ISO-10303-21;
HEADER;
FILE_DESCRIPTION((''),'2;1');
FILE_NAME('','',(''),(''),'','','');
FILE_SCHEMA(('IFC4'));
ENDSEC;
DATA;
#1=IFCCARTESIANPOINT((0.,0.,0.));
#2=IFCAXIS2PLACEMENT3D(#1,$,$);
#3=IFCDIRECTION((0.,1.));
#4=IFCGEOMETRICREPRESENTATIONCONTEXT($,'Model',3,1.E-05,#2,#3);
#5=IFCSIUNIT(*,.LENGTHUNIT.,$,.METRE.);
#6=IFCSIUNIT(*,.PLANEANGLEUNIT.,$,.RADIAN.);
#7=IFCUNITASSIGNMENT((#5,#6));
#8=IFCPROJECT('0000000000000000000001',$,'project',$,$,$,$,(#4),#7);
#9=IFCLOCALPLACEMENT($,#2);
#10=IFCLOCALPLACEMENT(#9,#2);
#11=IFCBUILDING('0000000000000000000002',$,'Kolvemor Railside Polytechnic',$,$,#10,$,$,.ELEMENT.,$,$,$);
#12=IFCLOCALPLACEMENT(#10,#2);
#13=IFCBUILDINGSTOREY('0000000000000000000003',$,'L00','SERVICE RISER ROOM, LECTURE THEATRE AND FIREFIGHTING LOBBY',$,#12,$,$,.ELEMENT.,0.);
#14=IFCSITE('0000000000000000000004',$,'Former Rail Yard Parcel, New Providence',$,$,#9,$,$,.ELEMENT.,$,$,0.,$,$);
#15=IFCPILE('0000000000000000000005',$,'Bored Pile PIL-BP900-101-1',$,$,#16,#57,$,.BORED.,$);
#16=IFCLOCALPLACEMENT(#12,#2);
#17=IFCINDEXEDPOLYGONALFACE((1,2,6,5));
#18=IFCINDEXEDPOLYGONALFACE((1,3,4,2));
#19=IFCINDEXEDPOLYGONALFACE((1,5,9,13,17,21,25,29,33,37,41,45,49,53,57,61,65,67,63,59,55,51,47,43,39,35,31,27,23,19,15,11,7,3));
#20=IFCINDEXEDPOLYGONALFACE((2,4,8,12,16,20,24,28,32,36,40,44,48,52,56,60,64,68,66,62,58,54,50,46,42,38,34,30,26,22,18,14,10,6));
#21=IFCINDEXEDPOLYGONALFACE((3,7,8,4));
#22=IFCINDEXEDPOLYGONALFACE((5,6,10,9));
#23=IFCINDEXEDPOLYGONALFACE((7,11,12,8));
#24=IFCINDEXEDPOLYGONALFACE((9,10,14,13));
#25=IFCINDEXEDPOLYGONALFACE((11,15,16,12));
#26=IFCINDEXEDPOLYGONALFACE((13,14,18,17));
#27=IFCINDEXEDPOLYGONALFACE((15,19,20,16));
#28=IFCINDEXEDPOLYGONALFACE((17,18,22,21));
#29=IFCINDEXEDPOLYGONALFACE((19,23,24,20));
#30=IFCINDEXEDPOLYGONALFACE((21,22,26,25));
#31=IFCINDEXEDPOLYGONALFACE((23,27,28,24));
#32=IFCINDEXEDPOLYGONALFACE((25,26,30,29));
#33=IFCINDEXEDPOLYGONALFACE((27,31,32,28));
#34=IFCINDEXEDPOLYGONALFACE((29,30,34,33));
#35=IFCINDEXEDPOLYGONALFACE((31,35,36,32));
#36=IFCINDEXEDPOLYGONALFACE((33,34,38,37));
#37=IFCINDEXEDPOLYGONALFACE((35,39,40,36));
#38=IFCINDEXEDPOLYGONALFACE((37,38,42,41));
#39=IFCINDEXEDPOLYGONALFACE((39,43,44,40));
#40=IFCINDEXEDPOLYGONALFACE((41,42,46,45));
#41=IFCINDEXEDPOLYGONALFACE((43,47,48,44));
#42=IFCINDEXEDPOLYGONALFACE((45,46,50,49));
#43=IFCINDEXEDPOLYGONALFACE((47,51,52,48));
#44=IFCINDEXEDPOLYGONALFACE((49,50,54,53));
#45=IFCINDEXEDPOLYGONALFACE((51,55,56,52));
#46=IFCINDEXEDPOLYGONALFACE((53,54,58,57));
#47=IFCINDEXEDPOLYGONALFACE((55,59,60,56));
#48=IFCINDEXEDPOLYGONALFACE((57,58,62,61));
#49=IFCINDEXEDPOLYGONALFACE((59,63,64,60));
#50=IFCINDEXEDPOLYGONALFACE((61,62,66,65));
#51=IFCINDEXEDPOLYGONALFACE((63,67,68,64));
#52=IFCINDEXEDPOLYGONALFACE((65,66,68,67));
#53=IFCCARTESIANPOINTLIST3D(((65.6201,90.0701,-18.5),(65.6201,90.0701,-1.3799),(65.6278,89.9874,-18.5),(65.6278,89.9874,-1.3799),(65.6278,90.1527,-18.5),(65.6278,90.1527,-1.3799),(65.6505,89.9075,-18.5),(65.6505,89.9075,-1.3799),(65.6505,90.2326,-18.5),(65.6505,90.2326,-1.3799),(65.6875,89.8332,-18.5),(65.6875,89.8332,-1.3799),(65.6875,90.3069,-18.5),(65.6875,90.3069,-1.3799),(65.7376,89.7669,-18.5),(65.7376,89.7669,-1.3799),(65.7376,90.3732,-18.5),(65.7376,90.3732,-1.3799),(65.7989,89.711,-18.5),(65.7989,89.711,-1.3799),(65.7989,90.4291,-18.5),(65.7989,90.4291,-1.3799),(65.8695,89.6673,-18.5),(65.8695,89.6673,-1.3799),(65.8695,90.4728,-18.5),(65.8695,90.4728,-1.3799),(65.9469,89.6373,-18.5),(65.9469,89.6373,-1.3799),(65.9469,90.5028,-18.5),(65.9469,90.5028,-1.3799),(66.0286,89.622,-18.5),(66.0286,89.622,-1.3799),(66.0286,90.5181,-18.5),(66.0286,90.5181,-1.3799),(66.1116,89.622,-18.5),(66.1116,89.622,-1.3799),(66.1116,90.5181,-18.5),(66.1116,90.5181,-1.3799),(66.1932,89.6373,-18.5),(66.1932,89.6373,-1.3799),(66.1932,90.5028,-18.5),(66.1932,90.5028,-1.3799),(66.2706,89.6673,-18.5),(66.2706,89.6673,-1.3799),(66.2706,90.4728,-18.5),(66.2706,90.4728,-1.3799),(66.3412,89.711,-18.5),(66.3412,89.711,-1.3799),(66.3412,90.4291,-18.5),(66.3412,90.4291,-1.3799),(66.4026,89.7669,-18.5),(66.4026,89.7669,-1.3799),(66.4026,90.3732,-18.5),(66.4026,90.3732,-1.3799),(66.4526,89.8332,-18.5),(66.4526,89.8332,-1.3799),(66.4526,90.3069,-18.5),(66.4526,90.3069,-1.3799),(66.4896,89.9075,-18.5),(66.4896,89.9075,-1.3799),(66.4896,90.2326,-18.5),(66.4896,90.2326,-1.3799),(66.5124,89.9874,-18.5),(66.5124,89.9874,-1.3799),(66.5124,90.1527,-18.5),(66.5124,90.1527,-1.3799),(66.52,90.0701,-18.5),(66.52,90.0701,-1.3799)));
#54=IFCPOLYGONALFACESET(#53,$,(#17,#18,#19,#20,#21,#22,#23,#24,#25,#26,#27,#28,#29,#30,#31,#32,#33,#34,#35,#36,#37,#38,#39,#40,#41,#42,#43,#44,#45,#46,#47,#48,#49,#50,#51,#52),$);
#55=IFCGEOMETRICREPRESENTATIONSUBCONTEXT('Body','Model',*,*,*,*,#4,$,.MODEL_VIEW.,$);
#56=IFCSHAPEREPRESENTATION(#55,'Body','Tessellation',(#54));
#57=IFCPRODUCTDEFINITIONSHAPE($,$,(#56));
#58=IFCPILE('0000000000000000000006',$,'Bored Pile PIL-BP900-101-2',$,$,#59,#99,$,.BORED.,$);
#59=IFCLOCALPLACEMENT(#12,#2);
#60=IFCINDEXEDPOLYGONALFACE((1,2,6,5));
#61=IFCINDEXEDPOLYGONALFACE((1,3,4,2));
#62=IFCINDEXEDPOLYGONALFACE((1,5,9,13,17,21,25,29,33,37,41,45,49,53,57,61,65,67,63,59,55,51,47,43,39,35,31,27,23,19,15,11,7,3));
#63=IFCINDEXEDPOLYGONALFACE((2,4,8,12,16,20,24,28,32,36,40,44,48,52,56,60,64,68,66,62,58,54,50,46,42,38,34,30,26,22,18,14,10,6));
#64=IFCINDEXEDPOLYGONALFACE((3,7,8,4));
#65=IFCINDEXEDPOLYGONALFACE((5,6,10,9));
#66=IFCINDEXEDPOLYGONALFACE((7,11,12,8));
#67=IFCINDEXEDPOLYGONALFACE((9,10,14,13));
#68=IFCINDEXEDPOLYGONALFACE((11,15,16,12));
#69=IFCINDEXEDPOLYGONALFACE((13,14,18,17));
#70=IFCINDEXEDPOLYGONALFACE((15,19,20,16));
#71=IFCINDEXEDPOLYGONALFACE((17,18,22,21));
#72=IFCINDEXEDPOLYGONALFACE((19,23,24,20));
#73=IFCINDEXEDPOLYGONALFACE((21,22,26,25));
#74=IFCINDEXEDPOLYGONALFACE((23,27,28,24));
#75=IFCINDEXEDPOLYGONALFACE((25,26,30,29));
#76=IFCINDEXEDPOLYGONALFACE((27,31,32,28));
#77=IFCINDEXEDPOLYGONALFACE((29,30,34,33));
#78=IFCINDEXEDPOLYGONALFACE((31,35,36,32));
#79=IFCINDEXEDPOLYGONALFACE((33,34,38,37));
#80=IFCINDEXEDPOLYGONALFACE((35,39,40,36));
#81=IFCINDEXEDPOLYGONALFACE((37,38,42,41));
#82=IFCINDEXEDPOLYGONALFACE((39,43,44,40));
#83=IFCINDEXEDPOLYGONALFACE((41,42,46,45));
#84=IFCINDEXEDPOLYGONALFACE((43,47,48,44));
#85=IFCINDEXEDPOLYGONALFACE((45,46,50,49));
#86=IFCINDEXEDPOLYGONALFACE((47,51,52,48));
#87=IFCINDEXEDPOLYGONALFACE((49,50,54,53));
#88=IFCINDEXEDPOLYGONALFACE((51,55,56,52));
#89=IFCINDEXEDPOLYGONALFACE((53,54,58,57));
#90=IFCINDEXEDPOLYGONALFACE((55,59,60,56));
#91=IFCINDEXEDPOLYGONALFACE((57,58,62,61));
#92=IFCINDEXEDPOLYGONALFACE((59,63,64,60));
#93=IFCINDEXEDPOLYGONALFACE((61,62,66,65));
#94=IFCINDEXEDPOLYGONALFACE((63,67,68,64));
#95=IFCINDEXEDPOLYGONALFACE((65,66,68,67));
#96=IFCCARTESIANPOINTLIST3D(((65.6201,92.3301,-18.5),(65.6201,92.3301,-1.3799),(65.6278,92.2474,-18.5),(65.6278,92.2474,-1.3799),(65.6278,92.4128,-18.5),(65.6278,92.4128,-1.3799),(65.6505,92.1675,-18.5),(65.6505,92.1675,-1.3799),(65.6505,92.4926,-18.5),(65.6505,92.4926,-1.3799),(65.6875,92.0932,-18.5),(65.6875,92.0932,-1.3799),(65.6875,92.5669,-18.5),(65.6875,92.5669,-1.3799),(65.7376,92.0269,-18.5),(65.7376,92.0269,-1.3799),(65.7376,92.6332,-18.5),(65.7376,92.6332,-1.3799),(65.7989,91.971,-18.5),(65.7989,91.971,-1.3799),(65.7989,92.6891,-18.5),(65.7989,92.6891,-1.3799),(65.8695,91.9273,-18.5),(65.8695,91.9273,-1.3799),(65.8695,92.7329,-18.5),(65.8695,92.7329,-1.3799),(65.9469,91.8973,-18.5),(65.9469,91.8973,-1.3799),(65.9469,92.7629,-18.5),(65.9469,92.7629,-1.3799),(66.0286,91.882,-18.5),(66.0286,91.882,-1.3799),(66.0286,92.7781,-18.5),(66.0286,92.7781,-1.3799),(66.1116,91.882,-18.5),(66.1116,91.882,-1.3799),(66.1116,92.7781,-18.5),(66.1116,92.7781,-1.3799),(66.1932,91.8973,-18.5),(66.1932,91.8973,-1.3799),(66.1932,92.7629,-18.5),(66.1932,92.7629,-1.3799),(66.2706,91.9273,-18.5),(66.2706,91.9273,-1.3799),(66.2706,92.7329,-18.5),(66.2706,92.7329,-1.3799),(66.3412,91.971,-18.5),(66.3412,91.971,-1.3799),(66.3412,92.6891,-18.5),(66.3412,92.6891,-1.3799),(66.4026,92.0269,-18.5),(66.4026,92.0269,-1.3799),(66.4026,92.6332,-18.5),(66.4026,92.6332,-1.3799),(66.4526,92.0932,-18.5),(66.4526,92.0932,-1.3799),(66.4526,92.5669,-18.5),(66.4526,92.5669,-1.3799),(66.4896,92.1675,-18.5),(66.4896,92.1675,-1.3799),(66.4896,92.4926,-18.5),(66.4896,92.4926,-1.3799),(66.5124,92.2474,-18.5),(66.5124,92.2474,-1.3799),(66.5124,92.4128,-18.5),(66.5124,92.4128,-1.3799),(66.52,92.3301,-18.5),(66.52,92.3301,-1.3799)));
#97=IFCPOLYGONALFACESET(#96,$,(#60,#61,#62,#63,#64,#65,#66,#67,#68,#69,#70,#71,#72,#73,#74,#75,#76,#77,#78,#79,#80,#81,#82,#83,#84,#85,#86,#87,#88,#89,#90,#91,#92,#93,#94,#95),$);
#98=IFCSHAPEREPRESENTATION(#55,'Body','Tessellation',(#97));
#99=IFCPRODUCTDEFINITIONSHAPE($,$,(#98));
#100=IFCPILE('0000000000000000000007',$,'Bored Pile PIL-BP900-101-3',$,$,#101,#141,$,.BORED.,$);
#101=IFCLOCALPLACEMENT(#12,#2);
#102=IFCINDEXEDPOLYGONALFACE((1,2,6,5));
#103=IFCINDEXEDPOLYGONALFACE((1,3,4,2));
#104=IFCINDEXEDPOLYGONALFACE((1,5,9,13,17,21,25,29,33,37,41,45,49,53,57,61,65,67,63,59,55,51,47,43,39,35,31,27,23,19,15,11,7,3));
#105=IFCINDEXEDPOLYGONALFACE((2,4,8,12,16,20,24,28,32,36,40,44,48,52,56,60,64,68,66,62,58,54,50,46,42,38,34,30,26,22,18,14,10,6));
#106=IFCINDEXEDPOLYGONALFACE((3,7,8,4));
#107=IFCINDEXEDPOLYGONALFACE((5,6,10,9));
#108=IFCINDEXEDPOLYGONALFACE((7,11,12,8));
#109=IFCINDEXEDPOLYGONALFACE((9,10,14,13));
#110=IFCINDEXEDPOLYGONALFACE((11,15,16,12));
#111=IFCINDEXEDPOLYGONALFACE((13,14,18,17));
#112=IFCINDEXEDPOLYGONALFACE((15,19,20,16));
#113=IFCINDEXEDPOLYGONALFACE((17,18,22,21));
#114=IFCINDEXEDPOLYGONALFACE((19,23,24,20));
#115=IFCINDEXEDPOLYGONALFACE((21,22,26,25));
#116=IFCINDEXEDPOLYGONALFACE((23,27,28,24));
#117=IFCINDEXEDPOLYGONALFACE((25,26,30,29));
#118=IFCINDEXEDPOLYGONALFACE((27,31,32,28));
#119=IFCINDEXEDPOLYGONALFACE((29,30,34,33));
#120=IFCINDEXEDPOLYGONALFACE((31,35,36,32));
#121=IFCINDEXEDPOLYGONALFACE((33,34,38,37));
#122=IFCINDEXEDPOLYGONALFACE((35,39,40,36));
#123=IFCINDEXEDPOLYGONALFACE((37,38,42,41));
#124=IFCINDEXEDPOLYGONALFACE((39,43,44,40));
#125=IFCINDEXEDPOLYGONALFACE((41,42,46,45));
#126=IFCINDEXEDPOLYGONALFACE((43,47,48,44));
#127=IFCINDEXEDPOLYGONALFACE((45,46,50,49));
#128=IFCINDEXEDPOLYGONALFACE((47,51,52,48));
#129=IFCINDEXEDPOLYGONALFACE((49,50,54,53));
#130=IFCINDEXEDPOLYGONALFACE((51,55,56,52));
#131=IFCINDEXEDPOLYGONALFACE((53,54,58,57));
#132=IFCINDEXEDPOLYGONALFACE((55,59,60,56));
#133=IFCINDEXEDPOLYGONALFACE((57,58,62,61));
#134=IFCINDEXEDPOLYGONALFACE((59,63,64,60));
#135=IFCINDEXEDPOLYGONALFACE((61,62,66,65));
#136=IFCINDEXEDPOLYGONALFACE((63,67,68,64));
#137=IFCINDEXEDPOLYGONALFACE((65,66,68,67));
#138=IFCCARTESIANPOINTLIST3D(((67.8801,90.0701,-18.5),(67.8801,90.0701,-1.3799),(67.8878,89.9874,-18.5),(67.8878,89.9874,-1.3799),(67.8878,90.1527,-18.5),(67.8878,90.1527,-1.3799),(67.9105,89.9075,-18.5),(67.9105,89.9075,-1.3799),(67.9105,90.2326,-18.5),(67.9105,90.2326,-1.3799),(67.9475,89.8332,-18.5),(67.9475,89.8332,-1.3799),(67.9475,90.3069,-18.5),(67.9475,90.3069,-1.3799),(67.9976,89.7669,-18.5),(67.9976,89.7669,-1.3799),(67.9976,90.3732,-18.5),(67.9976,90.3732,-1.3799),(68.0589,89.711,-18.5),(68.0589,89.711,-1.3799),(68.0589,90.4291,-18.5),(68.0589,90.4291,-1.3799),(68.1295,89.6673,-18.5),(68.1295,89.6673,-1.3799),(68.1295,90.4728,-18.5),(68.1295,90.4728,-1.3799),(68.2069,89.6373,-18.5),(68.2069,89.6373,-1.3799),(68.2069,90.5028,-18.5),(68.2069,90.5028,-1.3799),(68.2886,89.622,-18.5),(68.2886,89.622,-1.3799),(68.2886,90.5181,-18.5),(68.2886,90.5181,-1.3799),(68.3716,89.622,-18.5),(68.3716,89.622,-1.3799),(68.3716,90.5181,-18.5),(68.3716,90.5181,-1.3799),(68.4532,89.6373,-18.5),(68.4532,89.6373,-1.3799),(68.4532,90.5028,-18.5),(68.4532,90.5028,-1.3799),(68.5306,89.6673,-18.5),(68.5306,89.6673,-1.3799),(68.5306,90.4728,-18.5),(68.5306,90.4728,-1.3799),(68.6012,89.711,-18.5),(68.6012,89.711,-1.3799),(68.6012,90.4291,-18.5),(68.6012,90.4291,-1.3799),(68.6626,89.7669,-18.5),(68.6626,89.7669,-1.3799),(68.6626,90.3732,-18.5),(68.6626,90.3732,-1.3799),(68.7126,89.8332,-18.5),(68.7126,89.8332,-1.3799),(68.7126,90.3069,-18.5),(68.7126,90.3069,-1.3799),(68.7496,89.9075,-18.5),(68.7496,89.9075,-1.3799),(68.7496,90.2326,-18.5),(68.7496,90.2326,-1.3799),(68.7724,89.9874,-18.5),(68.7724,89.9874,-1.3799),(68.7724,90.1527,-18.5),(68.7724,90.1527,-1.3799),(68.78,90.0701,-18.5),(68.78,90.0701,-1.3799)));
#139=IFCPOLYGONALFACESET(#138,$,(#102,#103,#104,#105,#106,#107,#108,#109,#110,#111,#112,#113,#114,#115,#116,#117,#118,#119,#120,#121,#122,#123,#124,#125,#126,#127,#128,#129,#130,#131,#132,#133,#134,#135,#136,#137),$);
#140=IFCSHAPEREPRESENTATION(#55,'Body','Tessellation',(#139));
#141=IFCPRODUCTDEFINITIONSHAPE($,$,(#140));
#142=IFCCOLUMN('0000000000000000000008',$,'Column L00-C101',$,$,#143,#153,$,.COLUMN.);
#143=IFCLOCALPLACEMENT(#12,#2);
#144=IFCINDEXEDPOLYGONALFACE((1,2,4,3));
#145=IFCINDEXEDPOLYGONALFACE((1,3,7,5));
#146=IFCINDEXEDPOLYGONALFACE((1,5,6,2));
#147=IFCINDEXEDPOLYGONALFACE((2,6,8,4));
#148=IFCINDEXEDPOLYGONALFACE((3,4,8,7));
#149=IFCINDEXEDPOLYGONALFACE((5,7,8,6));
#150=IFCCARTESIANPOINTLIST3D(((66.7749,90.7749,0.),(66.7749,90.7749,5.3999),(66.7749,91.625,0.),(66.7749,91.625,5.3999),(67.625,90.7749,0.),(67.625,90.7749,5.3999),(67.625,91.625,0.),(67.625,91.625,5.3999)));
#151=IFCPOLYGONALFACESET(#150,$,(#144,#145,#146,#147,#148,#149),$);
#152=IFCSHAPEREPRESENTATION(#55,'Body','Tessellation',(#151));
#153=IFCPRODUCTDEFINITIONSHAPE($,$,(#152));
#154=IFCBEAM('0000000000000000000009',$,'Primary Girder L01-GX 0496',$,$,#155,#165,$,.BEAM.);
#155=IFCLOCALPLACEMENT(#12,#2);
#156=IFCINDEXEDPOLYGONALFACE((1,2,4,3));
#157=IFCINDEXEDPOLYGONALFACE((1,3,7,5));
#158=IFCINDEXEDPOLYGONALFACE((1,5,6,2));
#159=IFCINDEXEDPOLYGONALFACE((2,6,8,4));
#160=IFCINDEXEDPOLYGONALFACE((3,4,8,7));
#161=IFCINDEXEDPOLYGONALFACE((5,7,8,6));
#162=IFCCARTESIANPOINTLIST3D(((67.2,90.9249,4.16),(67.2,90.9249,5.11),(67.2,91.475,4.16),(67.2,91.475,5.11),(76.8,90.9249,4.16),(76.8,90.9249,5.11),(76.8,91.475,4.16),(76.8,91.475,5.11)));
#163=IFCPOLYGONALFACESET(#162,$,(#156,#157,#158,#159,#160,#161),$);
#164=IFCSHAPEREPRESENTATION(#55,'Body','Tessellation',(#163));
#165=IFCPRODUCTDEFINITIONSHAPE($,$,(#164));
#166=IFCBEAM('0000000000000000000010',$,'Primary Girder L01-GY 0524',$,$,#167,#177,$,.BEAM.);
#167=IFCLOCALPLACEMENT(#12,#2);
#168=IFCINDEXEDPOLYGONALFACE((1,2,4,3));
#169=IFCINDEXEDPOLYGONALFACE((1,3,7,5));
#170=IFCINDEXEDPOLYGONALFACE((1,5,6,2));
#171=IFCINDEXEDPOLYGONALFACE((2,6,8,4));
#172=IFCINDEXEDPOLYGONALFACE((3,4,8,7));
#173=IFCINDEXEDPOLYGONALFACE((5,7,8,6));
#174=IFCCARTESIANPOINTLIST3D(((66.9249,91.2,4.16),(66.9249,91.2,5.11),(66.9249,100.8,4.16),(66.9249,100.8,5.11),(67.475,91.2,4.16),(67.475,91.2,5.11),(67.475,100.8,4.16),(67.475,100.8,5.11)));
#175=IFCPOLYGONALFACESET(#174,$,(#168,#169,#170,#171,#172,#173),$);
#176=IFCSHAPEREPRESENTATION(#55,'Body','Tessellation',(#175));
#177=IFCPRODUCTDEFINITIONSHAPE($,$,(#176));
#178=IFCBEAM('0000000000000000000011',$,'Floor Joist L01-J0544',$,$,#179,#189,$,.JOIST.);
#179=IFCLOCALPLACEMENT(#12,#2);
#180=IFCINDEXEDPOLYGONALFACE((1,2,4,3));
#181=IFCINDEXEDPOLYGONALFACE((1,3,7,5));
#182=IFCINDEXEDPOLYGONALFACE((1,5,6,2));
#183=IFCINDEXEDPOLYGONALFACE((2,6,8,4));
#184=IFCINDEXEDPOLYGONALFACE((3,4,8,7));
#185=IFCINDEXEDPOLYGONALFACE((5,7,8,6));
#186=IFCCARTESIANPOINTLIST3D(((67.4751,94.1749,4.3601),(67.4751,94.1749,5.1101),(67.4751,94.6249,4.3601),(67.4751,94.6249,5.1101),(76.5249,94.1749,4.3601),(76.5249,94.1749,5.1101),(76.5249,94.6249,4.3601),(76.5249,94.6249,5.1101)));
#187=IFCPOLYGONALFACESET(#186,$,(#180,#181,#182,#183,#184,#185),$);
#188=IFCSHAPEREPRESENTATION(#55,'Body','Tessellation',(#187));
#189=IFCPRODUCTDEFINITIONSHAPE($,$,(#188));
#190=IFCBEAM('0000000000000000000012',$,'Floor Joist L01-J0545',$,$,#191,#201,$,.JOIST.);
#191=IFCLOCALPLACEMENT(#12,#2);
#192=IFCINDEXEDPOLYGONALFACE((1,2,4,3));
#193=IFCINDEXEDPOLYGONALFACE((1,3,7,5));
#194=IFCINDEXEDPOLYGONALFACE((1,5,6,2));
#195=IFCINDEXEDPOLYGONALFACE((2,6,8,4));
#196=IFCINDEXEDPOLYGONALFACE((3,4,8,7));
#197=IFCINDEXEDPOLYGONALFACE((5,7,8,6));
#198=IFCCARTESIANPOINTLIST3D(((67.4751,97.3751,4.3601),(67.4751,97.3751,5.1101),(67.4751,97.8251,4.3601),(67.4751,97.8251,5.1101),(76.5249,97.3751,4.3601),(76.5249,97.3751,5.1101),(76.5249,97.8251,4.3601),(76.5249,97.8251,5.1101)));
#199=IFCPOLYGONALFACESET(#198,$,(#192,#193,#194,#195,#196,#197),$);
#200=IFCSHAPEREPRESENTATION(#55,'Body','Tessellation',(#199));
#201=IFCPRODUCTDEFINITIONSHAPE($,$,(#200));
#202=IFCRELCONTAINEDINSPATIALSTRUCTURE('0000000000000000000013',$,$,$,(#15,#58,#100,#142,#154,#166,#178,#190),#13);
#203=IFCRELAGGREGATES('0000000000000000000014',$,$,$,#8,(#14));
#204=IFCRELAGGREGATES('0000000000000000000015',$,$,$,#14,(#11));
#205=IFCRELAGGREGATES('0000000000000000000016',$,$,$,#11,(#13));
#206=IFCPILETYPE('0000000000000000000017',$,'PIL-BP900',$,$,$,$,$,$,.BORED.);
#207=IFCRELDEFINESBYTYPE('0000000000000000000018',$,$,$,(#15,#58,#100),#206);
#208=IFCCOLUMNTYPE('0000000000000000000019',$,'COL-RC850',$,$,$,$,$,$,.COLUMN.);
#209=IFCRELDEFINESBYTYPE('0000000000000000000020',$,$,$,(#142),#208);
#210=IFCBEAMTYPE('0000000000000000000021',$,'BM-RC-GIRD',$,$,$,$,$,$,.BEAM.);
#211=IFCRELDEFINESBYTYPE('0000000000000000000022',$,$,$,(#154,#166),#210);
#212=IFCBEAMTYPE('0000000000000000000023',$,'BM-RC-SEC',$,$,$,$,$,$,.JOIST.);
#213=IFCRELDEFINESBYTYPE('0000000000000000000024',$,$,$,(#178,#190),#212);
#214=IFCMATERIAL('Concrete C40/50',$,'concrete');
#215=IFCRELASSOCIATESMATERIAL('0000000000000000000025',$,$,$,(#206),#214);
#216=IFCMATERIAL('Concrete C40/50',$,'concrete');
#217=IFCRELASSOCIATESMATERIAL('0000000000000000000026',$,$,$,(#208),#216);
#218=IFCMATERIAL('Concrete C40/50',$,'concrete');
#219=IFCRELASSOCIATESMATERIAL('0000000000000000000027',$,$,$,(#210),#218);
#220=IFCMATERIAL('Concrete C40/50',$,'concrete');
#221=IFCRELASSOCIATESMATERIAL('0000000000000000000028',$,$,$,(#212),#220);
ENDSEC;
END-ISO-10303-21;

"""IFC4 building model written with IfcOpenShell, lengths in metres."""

from ifc_helpers import new_model, si_unit, direction, frame, origin, origin_2d, place, context, subcontext, project, spatial, rectangle, circle, extrude, material, material_profile, profile_set, type_object, element, save


model = new_model("IFC4")

# Units and contexts
model_context = context("Model", 3, precision=1e-05, world=origin(), true_north=direction((0.0, 1.0)))
body_context = subcontext(model_context, "Body", "Model", "MODEL_VIEW")
ifc_project = project(units=[si_unit("LENGTHUNIT", "METRE"), si_unit("PLANEANGLEUNIT", "RADIAN")], contexts=[model_context])

# Site, building, storey
site_placement = place(None, origin())
site = spatial("IfcSite", under=ifc_project, at=site_placement, Name="Former Rail Yard Parcel, New Providence", CompositionType="ELEMENT", RefElevation=0.0)
building_placement = place(site_placement, origin())
building = spatial("IfcBuilding", under=site, at=building_placement, Name="Kolvemor Railside Polytechnic", CompositionType="ELEMENT")
storey_placement = place(building_placement, origin())
storey = spatial("IfcBuildingStorey", under=building, at=storey_placement, Name="L00", Description="SERVICE RISER ROOM, LECTURE THEATRE AND FIREFIGHTING LOBBY", CompositionType="ELEMENT", Elevation=0.0)

# Piles
ifc_material_1 = material(Name="Concrete C40/50", Category="concrete")
ifc_material_profile_1 = material_profile(ifc_material_1, circle(Radius=0.45, at=origin_2d()), Name="BP900")
ifc_profile_set_1 = profile_set([ifc_material_profile_1], Name="Concrete C40/50")
pile_type_1 = type_object("IfcPileType", Name="PIL-BP900", PredefinedType="BORED", material=ifc_profile_set_1)
for number, where, z_axis, x_axis, name in (
    (1, (66.0701, 90.0701, -1.3799), (0.0, 0.0, -1.0), (1.0, 0.0, 0.0), "Bored Pile PIL-BP900-101-1"),
    (2, (66.0701, 92.3301, -1.3799), (0.0, 0.0, -1.0), (1.0, 0.0, 0.0), "Bored Pile PIL-BP900-101-2"),
    (3, (68.3301, 90.0701, -1.3799), (0.0, 0.0, -1.0), (1.0, 0.0, 0.0), "Bored Pile PIL-BP900-101-3"),
):
    element("IfcPile", number, at=place(storey_placement, frame(where, z_axis=z_axis, x_axis=x_axis)), inside=storey, type_object=pile_type_1, Name=name, PredefinedType="BORED", context=body_context, shape_type="SweptSolid", body=[
        extrude(circle(Radius=0.45, at=origin_2d()), origin(), (0.0, 0.0, 1.0), 17.1201),
    ])

# Column
ifc_material_2 = material(Name="Concrete C40/50", Category="concrete")
ifc_material_profile_2 = material_profile(ifc_material_2, rectangle(XDim=0.8501, YDim=0.8501, at=origin_2d()), Name="RC850x850")
ifc_profile_set_2 = profile_set([ifc_material_profile_2], Name="Concrete C40/50")
column_type = type_object("IfcColumnType", Name="COL-RC850", PredefinedType="COLUMN", material=ifc_profile_set_2)
column_placement = place(storey_placement, frame((67.2, 91.2, 0.0), z_axis=(0.0, 0.0, 1.0), x_axis=(1.0, 0.0, 0.0)))
element("IfcColumn", 4, at=column_placement, inside=storey, type_object=column_type, Name="Column L00-C101", PredefinedType="COLUMN", context=body_context, shape_type="SweptSolid", body=[
    extrude(rectangle(XDim=0.8501, YDim=0.8501, at=origin_2d()), origin(), (0.0, 0.0, 1.0), 5.3999),
])

# Beams
ifc_material_3 = material(Name="Concrete C40/50", Category="concrete")
ifc_material_profile_3 = material_profile(ifc_material_3, rectangle(XDim=0.55, YDim=0.95, at=origin_2d()), Name="RC550x950")
ifc_profile_set_3 = profile_set([ifc_material_profile_3], Name="Concrete C40/50")
beam_type_1 = type_object("IfcBeamType", Name="BM-RC-GIRD", PredefinedType="BEAM", material=ifc_profile_set_3)
for number, where, z_axis, x_axis, name in (
    (5, (67.2, 91.2, 4.635), (1.0, 0.0, 0.0), (0.0, 1.0, 0.0), "Primary Girder L01-GX 0496"),
    (6, (67.2, 91.2, 4.635), (0.0, 1.0, 0.0), (-1.0, 0.0, 0.0), "Primary Girder L01-GY 0524"),
):
    element("IfcBeam", number, at=place(storey_placement, frame(where, z_axis=z_axis, x_axis=x_axis)), inside=storey, type_object=beam_type_1, Name=name, PredefinedType="BEAM", context=body_context, shape_type="SweptSolid", body=[
        extrude(rectangle(XDim=0.55, YDim=0.95, at=origin_2d()), origin(), (0.0, 0.0, 1.0), 9.6001),
    ])
ifc_material_4 = material(Name="Concrete C40/50", Category="concrete")
ifc_material_profile_4 = material_profile(ifc_material_4, rectangle(XDim=0.45, YDim=0.75, at=origin_2d()), Name="RC450x750")
ifc_profile_set_4 = profile_set([ifc_material_profile_4], Name="Concrete C40/50")
beam_type_2 = type_object("IfcBeamType", Name="BM-RC-SEC", PredefinedType="JOIST", material=ifc_profile_set_4)
for number, where, z_axis, x_axis, name in (
    (7, (67.4751, 94.3999, 4.7351), (1.0, 0.0, 0.0), (0.0, 1.0, 0.0), "Floor Joist L01-J0544"),
    (8, (67.4751, 97.6001, 4.7351), (1.0, 0.0, 0.0), (0.0, 1.0, 0.0), "Floor Joist L01-J0545"),
):
    element("IfcBeam", number, at=place(storey_placement, frame(where, z_axis=z_axis, x_axis=x_axis)), inside=storey, type_object=beam_type_2, Name=name, PredefinedType="JOIST", context=body_context, shape_type="SweptSolid", body=[
        extrude(rectangle(XDim=0.45, YDim=0.75, at=origin_2d()), origin(), (0.0, 0.0, 1.0), 9.0498),
    ])

save(model, "model.ifc")
